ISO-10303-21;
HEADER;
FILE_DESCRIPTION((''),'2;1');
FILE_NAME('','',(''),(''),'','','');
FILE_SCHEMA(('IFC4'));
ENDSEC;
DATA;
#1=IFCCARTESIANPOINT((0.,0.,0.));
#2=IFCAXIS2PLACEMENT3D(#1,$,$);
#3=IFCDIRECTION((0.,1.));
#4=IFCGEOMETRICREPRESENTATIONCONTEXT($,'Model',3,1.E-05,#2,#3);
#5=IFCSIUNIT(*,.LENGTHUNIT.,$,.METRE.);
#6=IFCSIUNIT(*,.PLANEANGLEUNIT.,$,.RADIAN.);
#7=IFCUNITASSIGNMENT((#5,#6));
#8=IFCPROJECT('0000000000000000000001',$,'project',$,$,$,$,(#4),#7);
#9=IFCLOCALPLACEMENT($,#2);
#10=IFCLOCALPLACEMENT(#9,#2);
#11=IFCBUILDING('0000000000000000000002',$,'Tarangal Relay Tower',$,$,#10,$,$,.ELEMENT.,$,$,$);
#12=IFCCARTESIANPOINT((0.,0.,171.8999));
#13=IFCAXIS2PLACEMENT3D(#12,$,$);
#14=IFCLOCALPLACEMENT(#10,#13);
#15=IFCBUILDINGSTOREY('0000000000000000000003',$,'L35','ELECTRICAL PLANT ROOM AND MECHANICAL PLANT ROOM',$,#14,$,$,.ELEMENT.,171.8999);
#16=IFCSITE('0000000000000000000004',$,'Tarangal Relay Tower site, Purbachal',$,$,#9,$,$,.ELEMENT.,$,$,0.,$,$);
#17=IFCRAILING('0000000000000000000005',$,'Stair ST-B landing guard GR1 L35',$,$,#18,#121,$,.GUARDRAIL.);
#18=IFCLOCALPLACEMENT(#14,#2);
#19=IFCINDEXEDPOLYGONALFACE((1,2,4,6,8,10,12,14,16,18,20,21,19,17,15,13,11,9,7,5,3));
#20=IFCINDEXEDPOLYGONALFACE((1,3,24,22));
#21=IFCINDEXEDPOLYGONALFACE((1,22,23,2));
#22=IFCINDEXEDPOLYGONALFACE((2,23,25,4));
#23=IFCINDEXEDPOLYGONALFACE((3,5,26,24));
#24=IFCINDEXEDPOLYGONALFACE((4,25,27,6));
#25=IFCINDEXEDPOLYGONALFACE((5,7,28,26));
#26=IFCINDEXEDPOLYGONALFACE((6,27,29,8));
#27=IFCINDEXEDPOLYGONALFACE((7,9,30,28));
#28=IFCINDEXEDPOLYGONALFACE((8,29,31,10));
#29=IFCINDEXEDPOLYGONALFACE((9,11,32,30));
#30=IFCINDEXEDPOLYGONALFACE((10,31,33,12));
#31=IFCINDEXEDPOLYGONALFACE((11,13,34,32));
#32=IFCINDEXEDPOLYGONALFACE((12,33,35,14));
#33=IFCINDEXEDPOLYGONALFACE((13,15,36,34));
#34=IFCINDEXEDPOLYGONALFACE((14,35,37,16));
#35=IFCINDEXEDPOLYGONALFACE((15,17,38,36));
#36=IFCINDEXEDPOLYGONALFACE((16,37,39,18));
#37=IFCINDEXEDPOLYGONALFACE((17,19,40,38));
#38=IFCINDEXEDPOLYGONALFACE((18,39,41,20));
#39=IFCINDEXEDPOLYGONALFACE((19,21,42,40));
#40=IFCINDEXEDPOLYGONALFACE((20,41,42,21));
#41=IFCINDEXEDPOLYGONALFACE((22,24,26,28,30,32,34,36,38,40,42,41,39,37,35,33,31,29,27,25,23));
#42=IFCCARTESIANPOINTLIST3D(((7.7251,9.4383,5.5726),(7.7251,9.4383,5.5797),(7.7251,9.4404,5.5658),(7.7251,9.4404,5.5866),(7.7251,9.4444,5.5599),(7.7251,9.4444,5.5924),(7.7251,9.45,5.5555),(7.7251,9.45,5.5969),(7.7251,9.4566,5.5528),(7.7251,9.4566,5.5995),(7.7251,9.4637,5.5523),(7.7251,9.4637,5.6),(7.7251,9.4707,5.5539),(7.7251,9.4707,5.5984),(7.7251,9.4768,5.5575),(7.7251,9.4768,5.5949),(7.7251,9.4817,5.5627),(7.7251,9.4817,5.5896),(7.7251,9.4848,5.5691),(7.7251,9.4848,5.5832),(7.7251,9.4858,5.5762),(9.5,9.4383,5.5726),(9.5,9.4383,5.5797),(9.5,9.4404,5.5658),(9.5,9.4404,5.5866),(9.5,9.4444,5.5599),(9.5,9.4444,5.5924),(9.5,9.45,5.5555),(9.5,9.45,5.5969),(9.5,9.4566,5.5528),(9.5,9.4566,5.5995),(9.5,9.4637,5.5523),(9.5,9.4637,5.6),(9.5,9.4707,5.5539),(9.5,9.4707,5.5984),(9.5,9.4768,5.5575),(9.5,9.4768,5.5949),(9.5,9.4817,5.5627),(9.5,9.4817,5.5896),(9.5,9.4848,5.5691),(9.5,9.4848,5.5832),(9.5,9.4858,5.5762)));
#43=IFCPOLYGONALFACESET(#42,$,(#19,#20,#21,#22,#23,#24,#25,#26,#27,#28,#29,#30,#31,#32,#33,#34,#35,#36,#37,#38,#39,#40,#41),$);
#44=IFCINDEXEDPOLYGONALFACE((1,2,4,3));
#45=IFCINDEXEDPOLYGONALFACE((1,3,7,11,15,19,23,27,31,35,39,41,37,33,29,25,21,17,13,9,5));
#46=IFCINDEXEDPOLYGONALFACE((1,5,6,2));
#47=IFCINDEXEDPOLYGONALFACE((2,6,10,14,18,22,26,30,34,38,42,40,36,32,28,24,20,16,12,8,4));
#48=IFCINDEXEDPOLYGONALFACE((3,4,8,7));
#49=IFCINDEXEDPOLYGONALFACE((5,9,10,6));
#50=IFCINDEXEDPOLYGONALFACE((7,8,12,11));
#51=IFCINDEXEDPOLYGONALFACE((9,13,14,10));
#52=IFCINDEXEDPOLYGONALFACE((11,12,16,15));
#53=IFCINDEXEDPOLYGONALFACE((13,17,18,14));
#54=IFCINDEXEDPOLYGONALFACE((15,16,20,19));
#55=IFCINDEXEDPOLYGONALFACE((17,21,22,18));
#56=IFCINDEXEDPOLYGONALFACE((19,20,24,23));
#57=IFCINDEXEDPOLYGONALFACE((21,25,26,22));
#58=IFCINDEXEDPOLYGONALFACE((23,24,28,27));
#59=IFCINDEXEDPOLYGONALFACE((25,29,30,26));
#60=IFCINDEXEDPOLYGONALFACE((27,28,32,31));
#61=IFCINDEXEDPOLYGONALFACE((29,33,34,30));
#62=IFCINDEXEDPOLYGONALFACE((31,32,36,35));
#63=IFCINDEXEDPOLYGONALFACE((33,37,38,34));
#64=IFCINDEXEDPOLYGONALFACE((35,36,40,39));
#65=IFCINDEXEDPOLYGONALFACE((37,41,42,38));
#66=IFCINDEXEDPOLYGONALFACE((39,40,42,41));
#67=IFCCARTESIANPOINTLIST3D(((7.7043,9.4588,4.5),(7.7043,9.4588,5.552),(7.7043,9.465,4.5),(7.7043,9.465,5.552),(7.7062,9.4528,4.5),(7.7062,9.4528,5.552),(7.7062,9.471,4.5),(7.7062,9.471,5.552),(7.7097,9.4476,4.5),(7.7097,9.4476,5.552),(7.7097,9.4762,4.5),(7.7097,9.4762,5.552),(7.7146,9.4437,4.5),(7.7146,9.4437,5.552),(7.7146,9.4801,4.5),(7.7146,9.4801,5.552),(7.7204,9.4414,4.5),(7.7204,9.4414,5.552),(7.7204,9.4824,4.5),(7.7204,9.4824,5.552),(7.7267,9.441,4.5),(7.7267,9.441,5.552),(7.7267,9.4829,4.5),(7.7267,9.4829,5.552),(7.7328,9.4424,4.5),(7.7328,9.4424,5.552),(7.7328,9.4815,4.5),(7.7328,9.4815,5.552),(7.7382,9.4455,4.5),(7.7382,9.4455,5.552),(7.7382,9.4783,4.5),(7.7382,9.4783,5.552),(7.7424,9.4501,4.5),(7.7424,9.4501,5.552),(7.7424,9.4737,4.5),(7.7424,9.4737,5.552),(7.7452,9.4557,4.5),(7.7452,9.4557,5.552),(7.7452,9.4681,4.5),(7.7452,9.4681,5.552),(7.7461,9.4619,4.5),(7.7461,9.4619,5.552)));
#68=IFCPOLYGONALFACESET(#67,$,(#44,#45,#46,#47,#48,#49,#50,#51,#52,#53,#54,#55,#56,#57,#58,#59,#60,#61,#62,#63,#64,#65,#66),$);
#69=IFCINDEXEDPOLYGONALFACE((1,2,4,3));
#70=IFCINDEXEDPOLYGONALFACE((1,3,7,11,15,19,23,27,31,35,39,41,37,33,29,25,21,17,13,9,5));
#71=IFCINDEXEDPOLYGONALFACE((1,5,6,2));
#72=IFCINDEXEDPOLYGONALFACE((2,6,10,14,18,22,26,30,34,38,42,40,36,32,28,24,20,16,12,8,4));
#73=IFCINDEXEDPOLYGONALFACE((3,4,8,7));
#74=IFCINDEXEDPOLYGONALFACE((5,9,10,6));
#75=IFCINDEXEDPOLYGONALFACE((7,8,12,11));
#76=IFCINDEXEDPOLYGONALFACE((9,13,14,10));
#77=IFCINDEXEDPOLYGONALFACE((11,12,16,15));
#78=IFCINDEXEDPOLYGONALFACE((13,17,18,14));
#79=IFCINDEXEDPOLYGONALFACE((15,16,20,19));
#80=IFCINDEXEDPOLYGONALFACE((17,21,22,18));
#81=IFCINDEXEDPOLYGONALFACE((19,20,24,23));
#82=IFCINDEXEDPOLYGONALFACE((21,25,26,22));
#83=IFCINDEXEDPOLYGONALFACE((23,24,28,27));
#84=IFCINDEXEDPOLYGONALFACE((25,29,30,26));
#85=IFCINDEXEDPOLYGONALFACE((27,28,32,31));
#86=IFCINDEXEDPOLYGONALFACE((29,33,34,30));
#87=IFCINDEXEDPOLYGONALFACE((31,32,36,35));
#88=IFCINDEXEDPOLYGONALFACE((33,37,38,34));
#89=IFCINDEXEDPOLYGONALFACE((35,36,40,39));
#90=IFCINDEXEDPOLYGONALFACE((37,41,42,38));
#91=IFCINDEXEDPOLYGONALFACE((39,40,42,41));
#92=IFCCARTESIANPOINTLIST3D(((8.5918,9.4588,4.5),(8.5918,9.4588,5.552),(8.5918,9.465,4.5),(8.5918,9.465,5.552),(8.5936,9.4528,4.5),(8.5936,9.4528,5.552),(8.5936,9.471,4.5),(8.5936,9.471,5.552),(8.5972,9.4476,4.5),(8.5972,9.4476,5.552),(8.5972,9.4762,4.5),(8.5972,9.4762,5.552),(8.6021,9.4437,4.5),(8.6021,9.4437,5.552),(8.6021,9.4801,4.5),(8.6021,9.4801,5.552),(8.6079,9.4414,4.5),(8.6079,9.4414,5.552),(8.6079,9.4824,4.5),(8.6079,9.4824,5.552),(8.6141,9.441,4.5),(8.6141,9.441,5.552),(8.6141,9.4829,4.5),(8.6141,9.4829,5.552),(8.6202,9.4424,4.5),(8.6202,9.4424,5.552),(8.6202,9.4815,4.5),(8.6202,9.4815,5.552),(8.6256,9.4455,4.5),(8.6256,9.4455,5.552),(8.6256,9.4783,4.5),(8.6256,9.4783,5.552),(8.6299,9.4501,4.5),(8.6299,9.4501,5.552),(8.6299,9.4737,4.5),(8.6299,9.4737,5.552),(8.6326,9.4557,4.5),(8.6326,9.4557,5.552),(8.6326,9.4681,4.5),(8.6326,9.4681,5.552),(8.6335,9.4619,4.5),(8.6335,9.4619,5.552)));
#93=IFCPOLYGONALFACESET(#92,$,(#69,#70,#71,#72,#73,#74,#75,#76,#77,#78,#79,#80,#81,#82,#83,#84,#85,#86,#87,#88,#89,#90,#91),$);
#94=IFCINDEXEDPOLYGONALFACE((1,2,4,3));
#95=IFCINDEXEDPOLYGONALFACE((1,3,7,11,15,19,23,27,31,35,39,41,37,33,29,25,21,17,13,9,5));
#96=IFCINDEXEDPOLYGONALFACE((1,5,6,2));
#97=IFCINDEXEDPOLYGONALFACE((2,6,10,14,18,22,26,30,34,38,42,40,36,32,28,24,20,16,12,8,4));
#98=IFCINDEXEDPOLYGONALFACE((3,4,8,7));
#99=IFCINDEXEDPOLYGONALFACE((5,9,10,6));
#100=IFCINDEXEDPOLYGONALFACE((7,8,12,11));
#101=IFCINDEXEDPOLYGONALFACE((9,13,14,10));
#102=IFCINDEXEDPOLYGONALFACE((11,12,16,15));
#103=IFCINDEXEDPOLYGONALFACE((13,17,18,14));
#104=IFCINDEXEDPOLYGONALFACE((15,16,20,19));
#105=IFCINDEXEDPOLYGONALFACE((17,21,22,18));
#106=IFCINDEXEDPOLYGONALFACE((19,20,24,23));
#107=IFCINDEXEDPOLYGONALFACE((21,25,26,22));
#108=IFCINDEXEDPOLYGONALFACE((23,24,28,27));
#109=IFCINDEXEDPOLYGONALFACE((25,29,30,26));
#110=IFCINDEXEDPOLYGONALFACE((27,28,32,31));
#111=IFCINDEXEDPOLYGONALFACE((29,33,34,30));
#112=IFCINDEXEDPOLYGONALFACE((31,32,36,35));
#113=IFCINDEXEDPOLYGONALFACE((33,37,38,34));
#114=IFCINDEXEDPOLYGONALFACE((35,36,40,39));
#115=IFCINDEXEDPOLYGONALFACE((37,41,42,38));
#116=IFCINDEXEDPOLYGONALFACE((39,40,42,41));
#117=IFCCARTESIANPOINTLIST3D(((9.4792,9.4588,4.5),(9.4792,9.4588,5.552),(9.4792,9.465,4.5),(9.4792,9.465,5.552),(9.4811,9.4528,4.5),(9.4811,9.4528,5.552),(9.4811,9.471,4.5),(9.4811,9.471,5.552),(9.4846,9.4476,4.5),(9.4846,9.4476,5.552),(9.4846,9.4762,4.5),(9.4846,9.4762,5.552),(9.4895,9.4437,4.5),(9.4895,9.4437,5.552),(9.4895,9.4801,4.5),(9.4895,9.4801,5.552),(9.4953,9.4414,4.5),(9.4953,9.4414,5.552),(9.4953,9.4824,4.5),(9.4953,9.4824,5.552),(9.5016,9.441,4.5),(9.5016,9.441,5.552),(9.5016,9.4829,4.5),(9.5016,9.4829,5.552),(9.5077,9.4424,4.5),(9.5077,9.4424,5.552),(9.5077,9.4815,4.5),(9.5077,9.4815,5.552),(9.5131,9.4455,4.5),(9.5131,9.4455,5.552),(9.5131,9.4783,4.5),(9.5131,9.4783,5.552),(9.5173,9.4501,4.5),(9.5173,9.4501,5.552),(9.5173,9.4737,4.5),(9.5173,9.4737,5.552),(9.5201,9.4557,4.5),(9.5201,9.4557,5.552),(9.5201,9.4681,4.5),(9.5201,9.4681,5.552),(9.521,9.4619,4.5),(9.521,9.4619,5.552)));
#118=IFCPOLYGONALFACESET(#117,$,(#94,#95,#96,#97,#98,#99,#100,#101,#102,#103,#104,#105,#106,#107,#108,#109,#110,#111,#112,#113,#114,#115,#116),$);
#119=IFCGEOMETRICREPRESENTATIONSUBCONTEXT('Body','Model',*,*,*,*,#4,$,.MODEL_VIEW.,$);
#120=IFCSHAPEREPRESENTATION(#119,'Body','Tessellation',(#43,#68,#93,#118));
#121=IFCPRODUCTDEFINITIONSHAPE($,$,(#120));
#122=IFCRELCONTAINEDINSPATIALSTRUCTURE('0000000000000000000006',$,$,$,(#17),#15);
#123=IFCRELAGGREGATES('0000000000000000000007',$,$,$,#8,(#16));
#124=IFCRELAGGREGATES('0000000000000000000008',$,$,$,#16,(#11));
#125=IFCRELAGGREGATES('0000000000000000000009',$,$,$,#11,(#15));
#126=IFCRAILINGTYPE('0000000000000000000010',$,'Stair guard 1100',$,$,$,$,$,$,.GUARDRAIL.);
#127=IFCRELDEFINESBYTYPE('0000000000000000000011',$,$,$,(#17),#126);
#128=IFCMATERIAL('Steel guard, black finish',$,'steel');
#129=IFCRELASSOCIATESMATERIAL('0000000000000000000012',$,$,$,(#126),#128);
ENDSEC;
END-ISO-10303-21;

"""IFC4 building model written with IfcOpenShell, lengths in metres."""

from ifc_helpers import new_model, si_unit, direction, frame, origin, origin_2d, place, context, subcontext, project, spatial, circle, extrude, material, type_object, element, save


model = new_model("IFC4")

# Units and contexts
model_context = context("Model", 3, precision=1e-05, world=origin(), true_north=direction((0.0, 1.0)))
body_context = subcontext(model_context, "Body", "Model", "MODEL_VIEW")
ifc_project = project(units=[si_unit("LENGTHUNIT", "METRE"), si_unit("PLANEANGLEUNIT", "RADIAN")], contexts=[model_context])

# Site, building, storey
site_placement = place(None, origin())
site = spatial("IfcSite", under=ifc_project, at=site_placement, Name="Tarangal Relay Tower site, Purbachal", CompositionType="ELEMENT", RefElevation=0.0)
building_placement = place(site_placement, origin())
building = spatial("IfcBuilding", under=site, at=building_placement, Name="Tarangal Relay Tower", CompositionType="ELEMENT")
storey_placement = place(building_placement, frame((0.0, 0.0, 171.8999)))
storey = spatial("IfcBuildingStorey", under=building, at=storey_placement, Name="L35", Description="ELECTRICAL PLANT ROOM AND MECHANICAL PLANT ROOM", CompositionType="ELEMENT", Elevation=171.8999)

# Railing
ifc_material_1 = material(Name="Steel guard, black finish", Category="steel")
railing_type = type_object("IfcRailingType", Name="Stair guard 1100", PredefinedType="GUARDRAIL", material=ifc_material_1)
railing_placement = place(storey_placement, frame((7.7251, 9.4619, 4.5)))
element("IfcRailing", 1, at=railing_placement, inside=storey, type_object=railing_type, Name="Stair ST-B landing guard GR1 L35", PredefinedType="GUARDRAIL", context=body_context, shape_type="SweptSolid", body=[
    extrude(circle(Radius=0.0239, at=origin_2d()), frame((0.0, 0.0, 1.0762), z_axis=(1.0, 0.0, 0.0), x_axis=(0.0, 1.0, 0.0)), (0.0, 0.0, 1.0), 1.7749),
    extrude(circle(Radius=0.021, at=origin_2d()), origin(), (0.0, 0.0, 1.0), 1.052),
    extrude(circle(Radius=0.021, at=origin_2d()), frame((0.8875, 0.0, 0.0)), (0.0, 0.0, 1.0), 1.052),
    extrude(circle(Radius=0.021, at=origin_2d()), frame((1.7749, 0.0, 0.0)), (0.0, 0.0, 1.0), 1.052),
])

save(model, "model.ifc")
